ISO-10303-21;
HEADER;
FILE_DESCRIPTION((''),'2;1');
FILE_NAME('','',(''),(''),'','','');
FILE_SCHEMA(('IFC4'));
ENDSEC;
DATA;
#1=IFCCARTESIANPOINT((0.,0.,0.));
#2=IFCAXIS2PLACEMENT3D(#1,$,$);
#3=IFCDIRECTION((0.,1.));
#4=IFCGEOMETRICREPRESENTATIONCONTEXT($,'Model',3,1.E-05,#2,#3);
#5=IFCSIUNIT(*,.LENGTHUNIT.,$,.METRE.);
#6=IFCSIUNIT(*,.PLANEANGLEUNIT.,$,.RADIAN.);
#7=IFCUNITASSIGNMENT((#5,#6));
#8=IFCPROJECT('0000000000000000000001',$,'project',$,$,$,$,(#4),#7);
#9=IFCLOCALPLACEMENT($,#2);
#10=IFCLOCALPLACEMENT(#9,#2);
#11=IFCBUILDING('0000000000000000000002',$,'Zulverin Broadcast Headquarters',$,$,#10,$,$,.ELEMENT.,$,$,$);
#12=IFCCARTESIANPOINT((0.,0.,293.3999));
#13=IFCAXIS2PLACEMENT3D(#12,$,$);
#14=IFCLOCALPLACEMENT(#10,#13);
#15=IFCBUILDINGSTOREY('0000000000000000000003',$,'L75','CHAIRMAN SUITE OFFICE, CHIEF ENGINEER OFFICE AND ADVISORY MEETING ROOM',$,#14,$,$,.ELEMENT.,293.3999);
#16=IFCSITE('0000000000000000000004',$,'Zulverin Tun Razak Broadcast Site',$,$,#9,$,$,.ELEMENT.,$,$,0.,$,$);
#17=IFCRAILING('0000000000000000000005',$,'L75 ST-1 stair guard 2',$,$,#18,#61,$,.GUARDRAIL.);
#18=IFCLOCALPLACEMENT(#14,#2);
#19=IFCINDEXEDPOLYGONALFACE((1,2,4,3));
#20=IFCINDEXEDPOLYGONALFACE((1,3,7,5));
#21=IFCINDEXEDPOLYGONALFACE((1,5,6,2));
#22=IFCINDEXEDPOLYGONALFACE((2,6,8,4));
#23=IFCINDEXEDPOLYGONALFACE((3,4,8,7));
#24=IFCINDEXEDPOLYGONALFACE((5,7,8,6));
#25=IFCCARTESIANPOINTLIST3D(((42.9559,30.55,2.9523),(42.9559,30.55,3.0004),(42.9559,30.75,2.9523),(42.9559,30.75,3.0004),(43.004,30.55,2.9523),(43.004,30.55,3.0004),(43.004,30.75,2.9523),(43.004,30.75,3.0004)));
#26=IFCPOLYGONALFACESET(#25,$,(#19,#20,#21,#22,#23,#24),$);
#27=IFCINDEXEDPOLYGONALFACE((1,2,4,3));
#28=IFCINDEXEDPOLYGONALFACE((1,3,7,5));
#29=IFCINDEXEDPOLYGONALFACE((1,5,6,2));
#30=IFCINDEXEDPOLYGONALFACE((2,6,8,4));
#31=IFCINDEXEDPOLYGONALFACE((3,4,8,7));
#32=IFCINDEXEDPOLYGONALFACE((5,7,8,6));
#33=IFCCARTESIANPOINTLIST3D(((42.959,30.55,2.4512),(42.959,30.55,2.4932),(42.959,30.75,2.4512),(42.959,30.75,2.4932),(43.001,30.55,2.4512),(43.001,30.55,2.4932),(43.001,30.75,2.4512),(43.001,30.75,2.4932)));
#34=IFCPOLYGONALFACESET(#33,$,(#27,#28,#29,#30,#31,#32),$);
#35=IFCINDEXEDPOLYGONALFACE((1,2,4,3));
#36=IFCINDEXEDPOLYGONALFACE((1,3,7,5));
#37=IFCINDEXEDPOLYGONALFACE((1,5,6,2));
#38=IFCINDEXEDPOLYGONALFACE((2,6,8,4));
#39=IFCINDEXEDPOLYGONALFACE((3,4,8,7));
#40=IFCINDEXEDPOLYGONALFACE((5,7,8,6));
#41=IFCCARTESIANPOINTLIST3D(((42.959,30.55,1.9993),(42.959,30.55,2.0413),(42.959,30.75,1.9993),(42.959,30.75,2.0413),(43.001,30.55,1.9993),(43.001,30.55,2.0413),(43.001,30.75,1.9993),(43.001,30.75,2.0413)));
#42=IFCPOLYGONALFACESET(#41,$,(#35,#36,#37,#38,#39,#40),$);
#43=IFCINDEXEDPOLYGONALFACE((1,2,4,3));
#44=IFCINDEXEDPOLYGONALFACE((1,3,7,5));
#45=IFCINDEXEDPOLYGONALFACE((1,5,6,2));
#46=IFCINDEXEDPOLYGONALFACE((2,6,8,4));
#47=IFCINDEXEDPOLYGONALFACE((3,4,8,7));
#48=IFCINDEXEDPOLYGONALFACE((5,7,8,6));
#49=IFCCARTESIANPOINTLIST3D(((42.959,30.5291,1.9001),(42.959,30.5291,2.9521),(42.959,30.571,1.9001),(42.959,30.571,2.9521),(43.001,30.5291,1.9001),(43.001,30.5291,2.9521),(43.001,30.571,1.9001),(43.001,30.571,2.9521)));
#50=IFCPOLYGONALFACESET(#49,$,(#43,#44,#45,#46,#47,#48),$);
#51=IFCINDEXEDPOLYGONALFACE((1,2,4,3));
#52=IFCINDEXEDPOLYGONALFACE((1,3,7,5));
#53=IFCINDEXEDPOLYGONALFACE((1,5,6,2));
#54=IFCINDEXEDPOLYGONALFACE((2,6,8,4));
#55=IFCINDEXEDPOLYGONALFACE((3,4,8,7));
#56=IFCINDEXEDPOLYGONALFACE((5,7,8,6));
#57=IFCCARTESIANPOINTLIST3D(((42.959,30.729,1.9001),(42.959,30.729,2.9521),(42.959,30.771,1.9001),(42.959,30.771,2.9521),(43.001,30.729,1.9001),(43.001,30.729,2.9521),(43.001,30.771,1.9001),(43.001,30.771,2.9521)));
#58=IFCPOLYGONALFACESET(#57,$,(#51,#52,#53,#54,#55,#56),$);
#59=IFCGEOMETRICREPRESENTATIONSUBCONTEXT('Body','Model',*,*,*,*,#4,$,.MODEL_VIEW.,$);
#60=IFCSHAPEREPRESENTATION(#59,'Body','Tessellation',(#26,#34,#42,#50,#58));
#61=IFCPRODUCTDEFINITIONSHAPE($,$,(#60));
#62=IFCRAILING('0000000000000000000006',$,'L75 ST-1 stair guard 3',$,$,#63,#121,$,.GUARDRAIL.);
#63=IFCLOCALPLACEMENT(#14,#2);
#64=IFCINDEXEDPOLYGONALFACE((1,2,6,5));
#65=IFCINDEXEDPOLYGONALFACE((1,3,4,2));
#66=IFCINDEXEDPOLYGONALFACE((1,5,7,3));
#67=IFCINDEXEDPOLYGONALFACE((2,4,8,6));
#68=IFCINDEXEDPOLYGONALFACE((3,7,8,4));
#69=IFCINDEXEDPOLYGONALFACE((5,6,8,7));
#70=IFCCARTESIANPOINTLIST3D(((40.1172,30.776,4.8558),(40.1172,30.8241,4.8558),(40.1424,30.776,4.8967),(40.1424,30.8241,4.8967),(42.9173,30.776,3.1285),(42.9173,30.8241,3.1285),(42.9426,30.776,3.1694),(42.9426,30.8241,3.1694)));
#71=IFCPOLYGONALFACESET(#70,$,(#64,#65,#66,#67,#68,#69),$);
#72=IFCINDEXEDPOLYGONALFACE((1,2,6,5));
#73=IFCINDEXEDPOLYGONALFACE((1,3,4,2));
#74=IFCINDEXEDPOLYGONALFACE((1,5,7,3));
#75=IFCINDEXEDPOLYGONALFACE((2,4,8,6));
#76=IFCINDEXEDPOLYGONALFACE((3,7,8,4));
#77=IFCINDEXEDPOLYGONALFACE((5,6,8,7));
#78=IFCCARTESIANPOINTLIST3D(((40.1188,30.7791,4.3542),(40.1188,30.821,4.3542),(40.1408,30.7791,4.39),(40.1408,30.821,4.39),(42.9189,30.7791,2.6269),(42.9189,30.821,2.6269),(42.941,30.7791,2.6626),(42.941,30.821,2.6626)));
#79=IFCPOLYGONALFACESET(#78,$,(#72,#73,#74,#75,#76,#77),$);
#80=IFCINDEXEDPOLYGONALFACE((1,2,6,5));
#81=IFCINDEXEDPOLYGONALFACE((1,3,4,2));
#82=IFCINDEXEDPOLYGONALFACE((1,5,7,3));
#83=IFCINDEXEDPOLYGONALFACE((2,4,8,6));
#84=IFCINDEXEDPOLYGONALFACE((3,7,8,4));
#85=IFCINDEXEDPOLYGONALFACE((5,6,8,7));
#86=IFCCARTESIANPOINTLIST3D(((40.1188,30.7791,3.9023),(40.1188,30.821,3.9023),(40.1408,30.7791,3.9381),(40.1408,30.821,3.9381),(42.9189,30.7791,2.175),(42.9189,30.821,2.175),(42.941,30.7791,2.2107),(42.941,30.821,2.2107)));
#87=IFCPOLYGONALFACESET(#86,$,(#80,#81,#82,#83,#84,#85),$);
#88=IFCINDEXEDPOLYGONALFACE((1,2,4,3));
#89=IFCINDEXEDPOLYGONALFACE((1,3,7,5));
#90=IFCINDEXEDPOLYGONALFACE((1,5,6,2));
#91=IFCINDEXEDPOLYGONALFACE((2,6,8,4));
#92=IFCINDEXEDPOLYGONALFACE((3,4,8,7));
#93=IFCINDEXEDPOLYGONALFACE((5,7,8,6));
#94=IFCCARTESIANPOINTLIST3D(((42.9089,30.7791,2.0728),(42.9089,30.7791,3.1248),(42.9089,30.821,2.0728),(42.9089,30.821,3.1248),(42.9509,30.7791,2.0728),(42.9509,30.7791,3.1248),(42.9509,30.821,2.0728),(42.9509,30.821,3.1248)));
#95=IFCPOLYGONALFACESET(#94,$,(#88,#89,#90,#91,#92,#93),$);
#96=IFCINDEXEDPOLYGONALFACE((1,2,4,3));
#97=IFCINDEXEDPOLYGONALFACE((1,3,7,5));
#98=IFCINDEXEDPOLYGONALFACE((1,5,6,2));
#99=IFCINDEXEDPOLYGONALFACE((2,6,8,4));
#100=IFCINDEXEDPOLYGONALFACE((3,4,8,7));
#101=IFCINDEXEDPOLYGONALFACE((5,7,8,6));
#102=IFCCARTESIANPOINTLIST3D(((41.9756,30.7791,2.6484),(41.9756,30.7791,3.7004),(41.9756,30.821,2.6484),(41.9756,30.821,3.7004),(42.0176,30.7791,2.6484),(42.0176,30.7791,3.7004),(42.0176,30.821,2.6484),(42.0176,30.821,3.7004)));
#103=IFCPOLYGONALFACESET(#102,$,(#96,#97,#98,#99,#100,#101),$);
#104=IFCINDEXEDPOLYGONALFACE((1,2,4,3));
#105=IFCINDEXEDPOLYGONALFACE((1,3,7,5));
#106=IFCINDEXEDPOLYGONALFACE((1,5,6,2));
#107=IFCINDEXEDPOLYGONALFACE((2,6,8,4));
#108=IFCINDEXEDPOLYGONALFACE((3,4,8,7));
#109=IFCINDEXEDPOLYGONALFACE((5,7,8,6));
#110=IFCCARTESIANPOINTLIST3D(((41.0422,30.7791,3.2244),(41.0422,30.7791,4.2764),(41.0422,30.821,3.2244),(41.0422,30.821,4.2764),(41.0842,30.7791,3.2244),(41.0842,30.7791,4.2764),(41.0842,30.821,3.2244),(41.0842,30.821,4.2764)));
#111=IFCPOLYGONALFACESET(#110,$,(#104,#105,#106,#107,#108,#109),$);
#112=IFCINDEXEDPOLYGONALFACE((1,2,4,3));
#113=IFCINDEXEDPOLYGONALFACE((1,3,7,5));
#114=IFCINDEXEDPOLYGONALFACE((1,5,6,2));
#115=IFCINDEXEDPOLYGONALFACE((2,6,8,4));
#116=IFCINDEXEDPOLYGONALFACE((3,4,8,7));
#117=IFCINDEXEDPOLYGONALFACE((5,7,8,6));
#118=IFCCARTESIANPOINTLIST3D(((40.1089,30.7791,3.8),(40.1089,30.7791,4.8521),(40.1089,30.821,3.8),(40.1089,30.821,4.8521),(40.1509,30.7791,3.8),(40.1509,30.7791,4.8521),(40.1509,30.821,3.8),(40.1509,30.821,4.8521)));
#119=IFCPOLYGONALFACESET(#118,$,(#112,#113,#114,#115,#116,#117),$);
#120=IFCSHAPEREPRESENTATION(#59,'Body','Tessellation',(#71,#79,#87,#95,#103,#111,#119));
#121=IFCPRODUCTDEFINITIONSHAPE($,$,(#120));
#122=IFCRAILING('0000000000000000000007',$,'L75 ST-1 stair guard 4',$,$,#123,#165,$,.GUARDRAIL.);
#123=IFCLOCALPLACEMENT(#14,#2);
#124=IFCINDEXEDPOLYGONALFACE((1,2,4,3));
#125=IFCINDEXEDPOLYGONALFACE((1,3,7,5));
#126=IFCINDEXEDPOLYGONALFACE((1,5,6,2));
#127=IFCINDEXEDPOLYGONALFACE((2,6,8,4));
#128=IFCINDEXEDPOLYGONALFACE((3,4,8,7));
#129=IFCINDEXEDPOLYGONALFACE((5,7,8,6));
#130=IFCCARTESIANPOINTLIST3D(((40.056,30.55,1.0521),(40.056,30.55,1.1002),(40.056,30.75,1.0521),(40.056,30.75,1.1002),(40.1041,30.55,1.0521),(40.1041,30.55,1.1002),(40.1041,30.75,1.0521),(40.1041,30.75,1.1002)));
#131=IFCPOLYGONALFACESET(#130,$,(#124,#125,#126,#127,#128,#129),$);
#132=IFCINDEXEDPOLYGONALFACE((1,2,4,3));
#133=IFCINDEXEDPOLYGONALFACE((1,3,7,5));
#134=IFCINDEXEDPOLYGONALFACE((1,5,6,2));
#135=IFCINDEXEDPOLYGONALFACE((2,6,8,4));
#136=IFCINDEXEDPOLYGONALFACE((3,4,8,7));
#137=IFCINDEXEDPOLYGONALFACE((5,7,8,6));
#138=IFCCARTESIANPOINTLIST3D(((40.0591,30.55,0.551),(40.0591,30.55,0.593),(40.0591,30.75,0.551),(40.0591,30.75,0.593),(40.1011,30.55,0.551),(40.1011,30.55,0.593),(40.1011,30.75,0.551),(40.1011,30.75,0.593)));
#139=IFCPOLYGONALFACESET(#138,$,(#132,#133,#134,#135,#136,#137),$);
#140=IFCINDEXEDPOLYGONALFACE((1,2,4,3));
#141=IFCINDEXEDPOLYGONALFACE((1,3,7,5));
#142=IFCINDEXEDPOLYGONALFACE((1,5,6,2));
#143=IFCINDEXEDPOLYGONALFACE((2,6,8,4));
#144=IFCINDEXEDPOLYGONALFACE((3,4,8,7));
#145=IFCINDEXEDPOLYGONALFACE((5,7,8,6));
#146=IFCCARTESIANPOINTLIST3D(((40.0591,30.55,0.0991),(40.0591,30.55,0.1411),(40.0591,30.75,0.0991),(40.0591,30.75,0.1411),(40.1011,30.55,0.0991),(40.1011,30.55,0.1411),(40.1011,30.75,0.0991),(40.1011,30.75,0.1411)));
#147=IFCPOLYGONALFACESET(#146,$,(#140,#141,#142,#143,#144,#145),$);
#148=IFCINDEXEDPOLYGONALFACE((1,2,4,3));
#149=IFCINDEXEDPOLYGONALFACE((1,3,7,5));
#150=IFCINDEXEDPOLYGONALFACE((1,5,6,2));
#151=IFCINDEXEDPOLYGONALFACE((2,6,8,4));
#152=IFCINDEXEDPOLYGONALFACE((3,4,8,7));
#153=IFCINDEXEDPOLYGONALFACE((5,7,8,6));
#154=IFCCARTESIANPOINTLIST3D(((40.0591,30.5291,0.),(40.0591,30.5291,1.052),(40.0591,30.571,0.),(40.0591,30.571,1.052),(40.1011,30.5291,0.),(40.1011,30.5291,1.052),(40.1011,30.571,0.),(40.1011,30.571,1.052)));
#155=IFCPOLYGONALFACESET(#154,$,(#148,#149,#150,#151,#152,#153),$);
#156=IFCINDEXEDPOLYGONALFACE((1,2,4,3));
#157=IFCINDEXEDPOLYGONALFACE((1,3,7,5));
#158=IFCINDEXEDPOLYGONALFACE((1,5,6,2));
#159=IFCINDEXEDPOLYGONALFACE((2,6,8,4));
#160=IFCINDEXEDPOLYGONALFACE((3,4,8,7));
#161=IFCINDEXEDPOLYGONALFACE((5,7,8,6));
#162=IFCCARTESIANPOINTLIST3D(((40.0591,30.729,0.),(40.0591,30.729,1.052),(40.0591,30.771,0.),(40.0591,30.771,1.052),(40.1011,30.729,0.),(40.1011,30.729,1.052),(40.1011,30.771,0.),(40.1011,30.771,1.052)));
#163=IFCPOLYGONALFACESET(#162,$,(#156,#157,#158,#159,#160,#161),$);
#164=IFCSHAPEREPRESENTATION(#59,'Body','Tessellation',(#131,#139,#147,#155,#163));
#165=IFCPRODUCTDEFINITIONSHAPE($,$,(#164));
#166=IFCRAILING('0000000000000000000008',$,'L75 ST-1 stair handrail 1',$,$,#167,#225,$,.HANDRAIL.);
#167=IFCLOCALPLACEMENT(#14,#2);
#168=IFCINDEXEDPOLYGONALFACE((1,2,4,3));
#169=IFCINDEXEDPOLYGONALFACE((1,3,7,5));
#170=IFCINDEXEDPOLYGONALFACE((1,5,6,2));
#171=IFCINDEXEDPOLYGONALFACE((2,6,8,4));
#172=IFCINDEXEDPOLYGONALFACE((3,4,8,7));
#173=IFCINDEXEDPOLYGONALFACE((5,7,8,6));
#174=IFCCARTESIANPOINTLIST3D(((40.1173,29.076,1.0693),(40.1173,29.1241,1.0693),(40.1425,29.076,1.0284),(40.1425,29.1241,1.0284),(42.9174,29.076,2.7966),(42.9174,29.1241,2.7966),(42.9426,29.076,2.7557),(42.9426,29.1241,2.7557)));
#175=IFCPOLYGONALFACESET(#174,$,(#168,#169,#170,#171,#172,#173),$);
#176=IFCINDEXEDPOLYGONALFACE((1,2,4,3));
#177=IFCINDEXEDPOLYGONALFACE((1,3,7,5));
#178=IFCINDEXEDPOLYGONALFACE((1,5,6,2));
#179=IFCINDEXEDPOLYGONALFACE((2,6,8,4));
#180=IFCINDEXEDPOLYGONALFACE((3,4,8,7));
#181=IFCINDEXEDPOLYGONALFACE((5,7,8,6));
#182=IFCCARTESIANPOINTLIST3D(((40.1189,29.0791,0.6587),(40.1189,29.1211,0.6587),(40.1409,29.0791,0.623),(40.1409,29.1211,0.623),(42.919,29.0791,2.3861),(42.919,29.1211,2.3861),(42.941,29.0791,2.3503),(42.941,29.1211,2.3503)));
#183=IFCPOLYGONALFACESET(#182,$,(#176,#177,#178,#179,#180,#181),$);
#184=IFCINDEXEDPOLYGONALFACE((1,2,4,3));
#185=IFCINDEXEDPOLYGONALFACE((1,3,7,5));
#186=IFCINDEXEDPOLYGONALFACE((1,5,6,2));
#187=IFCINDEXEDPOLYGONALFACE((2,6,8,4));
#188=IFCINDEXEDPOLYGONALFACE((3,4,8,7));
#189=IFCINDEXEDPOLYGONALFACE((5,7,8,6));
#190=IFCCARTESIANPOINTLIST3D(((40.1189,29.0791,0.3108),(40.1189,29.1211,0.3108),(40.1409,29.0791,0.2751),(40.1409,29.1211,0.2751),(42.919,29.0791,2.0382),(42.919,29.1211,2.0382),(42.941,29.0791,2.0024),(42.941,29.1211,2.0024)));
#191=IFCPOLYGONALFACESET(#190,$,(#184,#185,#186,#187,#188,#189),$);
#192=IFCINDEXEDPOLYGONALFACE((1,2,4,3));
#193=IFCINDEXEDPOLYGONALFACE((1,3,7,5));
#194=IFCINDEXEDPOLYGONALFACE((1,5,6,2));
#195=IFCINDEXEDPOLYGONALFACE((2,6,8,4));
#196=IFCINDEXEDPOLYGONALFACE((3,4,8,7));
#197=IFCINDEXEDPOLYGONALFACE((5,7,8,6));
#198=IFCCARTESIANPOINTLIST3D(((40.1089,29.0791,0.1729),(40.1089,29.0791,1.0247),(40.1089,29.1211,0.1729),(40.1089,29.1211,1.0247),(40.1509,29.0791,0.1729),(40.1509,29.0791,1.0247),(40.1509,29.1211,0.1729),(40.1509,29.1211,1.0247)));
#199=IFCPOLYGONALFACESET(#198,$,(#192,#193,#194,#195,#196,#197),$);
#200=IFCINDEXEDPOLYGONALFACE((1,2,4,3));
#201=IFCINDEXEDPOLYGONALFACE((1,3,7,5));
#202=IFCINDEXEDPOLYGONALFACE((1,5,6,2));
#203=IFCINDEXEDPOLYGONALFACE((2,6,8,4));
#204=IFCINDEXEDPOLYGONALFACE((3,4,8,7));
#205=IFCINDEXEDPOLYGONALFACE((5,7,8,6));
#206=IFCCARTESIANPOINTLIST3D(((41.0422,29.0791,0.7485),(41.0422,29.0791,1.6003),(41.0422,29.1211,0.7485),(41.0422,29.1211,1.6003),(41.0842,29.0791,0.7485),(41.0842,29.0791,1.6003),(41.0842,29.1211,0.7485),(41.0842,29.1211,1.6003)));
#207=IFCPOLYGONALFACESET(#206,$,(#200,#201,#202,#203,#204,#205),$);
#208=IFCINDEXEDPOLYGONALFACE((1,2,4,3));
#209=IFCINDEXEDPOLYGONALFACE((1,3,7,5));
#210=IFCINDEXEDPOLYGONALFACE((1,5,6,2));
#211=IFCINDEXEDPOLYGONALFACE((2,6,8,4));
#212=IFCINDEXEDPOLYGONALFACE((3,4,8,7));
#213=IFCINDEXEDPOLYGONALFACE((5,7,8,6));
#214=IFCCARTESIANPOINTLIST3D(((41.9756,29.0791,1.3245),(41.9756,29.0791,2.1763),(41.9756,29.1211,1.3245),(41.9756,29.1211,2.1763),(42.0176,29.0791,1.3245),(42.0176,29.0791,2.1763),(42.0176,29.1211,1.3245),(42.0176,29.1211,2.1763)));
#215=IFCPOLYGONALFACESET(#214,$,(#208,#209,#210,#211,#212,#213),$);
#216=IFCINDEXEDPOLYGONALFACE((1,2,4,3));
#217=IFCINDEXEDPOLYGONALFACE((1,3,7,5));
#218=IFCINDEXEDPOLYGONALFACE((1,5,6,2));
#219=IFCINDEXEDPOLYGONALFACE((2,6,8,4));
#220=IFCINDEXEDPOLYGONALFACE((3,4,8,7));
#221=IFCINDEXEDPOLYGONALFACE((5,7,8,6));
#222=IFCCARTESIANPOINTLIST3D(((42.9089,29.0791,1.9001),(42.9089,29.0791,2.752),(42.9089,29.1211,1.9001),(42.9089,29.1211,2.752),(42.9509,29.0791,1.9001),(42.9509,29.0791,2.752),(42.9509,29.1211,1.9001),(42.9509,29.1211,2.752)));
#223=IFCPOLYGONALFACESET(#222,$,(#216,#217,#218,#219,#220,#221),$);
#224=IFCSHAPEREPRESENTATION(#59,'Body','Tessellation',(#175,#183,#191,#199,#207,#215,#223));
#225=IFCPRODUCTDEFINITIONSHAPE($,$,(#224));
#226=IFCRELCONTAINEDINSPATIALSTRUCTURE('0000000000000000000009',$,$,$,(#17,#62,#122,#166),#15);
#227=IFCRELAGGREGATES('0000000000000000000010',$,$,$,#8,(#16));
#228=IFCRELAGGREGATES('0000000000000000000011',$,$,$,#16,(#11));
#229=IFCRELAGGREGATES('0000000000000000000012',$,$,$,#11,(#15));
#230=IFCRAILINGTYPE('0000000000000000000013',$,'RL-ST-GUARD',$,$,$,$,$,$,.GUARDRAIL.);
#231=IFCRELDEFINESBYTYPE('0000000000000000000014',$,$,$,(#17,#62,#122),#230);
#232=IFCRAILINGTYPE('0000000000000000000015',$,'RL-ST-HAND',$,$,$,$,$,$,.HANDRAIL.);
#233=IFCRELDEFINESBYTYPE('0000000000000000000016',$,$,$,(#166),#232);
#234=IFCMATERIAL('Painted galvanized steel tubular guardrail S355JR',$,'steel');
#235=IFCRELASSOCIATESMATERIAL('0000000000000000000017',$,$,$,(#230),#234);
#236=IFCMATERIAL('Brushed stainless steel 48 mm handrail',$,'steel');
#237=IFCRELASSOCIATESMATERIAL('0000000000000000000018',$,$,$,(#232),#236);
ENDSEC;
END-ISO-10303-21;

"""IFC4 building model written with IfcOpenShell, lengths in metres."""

from ifc_helpers import new_model, si_unit, direction, frame, origin, origin_2d, place, context, subcontext, project, spatial, rectangle, extrude, material, type_object, element, save


model = new_model("IFC4")

# Units and contexts
model_context = context("Model", 3, precision=1e-05, world=origin(), true_north=direction((0.0, 1.0)))
body_context = subcontext(model_context, "Body", "Model", "MODEL_VIEW")
ifc_project = project(units=[si_unit("LENGTHUNIT", "METRE"), si_unit("PLANEANGLEUNIT", "RADIAN")], contexts=[model_context])

# Site, building, storey
site_placement = place(None, origin())
site = spatial("IfcSite", under=ifc_project, at=site_placement, Name="Zulverin Tun Razak Broadcast Site", CompositionType="ELEMENT", RefElevation=0.0)
building_placement = place(site_placement, origin())
building = spatial("IfcBuilding", under=site, at=building_placement, Name="Zulverin Broadcast Headquarters", CompositionType="ELEMENT")
storey_placement = place(building_placement, frame((0.0, 0.0, 293.3999)))
storey = spatial("IfcBuildingStorey", under=building, at=storey_placement, Name="L75", Description="CHAIRMAN SUITE OFFICE, CHIEF ENGINEER OFFICE AND ADVISORY MEETING ROOM", CompositionType="ELEMENT", Elevation=293.3999)

# Railings
ifc_material_1 = material(Name="Painted galvanized steel tubular guardrail S355JR", Category="steel")
railing_type_1 = type_object("IfcRailingType", Name="RL-ST-GUARD", PredefinedType="GUARDRAIL", material=ifc_material_1)
railing_1_placement = place(storey_placement, frame((42.98, 30.55, 1.9001)))
element("IfcRailing", 1, at=railing_1_placement, inside=storey, type_object=railing_type_1, Name="L75 ST-1 stair guard 2", PredefinedType="GUARDRAIL", context=body_context, shape_type="SweptSolid", body=[
    extrude(rectangle(XDim=0.0481, YDim=0.0481, at=origin_2d()), frame((0.0, 0.0, 1.0762), z_axis=(0.0, 1.0, 0.0), x_axis=(-1.0, 0.0, 0.0)), (0.0, 0.0, 1.0), 0.2),
    extrude(rectangle(XDim=0.042, YDim=0.042, at=origin_2d()), frame((0.0, 0.0, 0.572), z_axis=(0.0, 1.0, 0.0), x_axis=(-1.0, 0.0, 0.0)), (0.0, 0.0, 1.0), 0.2),
    extrude(rectangle(XDim=0.042, YDim=0.042, at=origin_2d()), frame((0.0, 0.0, 0.1201), z_axis=(0.0, 1.0, 0.0), x_axis=(-1.0, 0.0, 0.0)), (0.0, 0.0, 1.0), 0.2),
    extrude(rectangle(XDim=0.042, YDim=0.042, at=origin_2d()), origin(), (0.0, 0.0, 1.0), 1.052),
    extrude(rectangle(XDim=0.042, YDim=0.042, at=origin_2d()), frame((0.0, 0.2, 0.0)), (0.0, 0.0, 1.0), 1.052),
])
railing_2_placement = place(storey_placement, frame((42.9299, 30.8, 2.0728)))
element("IfcRailing", 2, at=railing_2_placement, inside=storey, type_object=railing_type_1, Name="L75 ST-1 stair guard 3", PredefinedType="GUARDRAIL", context=body_context, shape_type="SweptSolid", body=[
    extrude(rectangle(XDim=0.0481, YDim=0.0481, at=origin_2d()), frame((0.0, 0.0, 1.0762), z_axis=(-0.85109, 0.0, 0.52502), x_axis=(0.0, -1.0, 0.0)), (0.0, 0.0, 1.0), 3.29),
    extrude(rectangle(XDim=0.042, YDim=0.042, at=origin_2d()), frame((0.0, 0.0, 0.572), z_axis=(-0.85109, 0.0, 0.52502), x_axis=(0.0, -1.0, 0.0)), (0.0, 0.0, 1.0), 3.29),
    extrude(rectangle(XDim=0.042, YDim=0.042, at=origin_2d()), frame((0.0, 0.0, 0.1201), z_axis=(-0.85109, 0.0, 0.52502), x_axis=(0.0, -1.0, 0.0)), (0.0, 0.0, 1.0), 3.29),
    extrude(rectangle(XDim=0.042, YDim=0.042, at=origin_2d()), origin(), (0.0, 0.0, 1.0), 1.052),
    extrude(rectangle(XDim=0.042, YDim=0.042, at=origin_2d()), frame((-0.9333, 0.0, 0.5757)), (0.0, 0.0, 1.0), 1.052),
    extrude(rectangle(XDim=0.042, YDim=0.042, at=origin_2d()), frame((-1.8667, 0.0, 1.1516)), (0.0, 0.0, 1.0), 1.052),
    extrude(rectangle(XDim=0.042, YDim=0.042, at=origin_2d()), frame((-2.8, 0.0, 1.7273)), (0.0, 0.0, 1.0), 1.052),
])
railing_3_placement = place(storey_placement, frame((40.0801, 30.55, 0.0)))
element("IfcRailing", 3, at=railing_3_placement, inside=storey, type_object=railing_type_1, Name="L75 ST-1 stair guard 4", PredefinedType="GUARDRAIL", context=body_context, shape_type="SweptSolid", body=[
    extrude(rectangle(XDim=0.0481, YDim=0.0481, at=origin_2d()), frame((0.0, 0.0, 1.0762), z_axis=(0.0, 1.0, 0.0), x_axis=(-1.0, 0.0, 0.0)), (0.0, 0.0, 1.0), 0.2),
    extrude(rectangle(XDim=0.042, YDim=0.042, at=origin_2d()), frame((0.0, 0.0, 0.572), z_axis=(0.0, 1.0, 0.0), x_axis=(-1.0, 0.0, 0.0)), (0.0, 0.0, 1.0), 0.2),
    extrude(rectangle(XDim=0.042, YDim=0.042, at=origin_2d()), frame((0.0, 0.0, 0.1201), z_axis=(0.0, 1.0, 0.0), x_axis=(-1.0, 0.0, 0.0)), (0.0, 0.0, 1.0), 0.2),
    extrude(rectangle(XDim=0.042, YDim=0.042, at=origin_2d()), origin(), (0.0, 0.0, 1.0), 1.052),
    extrude(rectangle(XDim=0.042, YDim=0.042, at=origin_2d()), frame((0.0, 0.2, 0.0)), (0.0, 0.0, 1.0), 1.052),
])
ifc_material_2 = material(Name="Brushed stainless steel 48 mm handrail", Category="steel")
railing_type_2 = type_object("IfcRailingType", Name="RL-ST-HAND", PredefinedType="HANDRAIL", material=ifc_material_2)
railing_4_placement = place(storey_placement, frame((40.1299, 29.1001, 0.1729)))
element("IfcRailing", 4, at=railing_4_placement, inside=storey, type_object=railing_type_2, Name="L75 ST-1 stair handrail 1", PredefinedType="HANDRAIL", context=body_context, shape_type="SweptSolid", body=[
    extrude(rectangle(XDim=0.0481, YDim=0.0481, at=origin_2d()), frame((0.0, 0.0, 0.876), z_axis=(0.85109, 0.0, 0.52502), x_axis=(0.0, 1.0, 0.0)), (0.0, 0.0, 1.0), 3.29),
    extrude(rectangle(XDim=0.042, YDim=0.042, at=origin_2d()), frame((0.0, 0.0, 0.468), z_axis=(0.85109, 0.0, 0.52502), x_axis=(0.0, 1.0, 0.0)), (0.0, 0.0, 1.0), 3.29),
    extrude(rectangle(XDim=0.042, YDim=0.042, at=origin_2d()), frame((0.0, 0.0, 0.1201), z_axis=(0.85109, 0.0, 0.52502), x_axis=(0.0, 1.0, 0.0)), (0.0, 0.0, 1.0), 3.29),
    extrude(rectangle(XDim=0.042, YDim=0.042, at=origin_2d()), origin(), (0.0, 0.0, 1.0), 0.8518),
    extrude(rectangle(XDim=0.042, YDim=0.042, at=origin_2d()), frame((0.9333, 0.0, 0.5757)), (0.0, 0.0, 1.0), 0.8518),
    extrude(rectangle(XDim=0.042, YDim=0.042, at=origin_2d()), frame((1.8667, 0.0, 1.1516)), (0.0, 0.0, 1.0), 0.8518),
    extrude(rectangle(XDim=0.042, YDim=0.042, at=origin_2d()), frame((2.8, 0.0, 1.7273)), (0.0, 0.0, 1.0), 0.8518),
])

save(model, "model.ifc")
